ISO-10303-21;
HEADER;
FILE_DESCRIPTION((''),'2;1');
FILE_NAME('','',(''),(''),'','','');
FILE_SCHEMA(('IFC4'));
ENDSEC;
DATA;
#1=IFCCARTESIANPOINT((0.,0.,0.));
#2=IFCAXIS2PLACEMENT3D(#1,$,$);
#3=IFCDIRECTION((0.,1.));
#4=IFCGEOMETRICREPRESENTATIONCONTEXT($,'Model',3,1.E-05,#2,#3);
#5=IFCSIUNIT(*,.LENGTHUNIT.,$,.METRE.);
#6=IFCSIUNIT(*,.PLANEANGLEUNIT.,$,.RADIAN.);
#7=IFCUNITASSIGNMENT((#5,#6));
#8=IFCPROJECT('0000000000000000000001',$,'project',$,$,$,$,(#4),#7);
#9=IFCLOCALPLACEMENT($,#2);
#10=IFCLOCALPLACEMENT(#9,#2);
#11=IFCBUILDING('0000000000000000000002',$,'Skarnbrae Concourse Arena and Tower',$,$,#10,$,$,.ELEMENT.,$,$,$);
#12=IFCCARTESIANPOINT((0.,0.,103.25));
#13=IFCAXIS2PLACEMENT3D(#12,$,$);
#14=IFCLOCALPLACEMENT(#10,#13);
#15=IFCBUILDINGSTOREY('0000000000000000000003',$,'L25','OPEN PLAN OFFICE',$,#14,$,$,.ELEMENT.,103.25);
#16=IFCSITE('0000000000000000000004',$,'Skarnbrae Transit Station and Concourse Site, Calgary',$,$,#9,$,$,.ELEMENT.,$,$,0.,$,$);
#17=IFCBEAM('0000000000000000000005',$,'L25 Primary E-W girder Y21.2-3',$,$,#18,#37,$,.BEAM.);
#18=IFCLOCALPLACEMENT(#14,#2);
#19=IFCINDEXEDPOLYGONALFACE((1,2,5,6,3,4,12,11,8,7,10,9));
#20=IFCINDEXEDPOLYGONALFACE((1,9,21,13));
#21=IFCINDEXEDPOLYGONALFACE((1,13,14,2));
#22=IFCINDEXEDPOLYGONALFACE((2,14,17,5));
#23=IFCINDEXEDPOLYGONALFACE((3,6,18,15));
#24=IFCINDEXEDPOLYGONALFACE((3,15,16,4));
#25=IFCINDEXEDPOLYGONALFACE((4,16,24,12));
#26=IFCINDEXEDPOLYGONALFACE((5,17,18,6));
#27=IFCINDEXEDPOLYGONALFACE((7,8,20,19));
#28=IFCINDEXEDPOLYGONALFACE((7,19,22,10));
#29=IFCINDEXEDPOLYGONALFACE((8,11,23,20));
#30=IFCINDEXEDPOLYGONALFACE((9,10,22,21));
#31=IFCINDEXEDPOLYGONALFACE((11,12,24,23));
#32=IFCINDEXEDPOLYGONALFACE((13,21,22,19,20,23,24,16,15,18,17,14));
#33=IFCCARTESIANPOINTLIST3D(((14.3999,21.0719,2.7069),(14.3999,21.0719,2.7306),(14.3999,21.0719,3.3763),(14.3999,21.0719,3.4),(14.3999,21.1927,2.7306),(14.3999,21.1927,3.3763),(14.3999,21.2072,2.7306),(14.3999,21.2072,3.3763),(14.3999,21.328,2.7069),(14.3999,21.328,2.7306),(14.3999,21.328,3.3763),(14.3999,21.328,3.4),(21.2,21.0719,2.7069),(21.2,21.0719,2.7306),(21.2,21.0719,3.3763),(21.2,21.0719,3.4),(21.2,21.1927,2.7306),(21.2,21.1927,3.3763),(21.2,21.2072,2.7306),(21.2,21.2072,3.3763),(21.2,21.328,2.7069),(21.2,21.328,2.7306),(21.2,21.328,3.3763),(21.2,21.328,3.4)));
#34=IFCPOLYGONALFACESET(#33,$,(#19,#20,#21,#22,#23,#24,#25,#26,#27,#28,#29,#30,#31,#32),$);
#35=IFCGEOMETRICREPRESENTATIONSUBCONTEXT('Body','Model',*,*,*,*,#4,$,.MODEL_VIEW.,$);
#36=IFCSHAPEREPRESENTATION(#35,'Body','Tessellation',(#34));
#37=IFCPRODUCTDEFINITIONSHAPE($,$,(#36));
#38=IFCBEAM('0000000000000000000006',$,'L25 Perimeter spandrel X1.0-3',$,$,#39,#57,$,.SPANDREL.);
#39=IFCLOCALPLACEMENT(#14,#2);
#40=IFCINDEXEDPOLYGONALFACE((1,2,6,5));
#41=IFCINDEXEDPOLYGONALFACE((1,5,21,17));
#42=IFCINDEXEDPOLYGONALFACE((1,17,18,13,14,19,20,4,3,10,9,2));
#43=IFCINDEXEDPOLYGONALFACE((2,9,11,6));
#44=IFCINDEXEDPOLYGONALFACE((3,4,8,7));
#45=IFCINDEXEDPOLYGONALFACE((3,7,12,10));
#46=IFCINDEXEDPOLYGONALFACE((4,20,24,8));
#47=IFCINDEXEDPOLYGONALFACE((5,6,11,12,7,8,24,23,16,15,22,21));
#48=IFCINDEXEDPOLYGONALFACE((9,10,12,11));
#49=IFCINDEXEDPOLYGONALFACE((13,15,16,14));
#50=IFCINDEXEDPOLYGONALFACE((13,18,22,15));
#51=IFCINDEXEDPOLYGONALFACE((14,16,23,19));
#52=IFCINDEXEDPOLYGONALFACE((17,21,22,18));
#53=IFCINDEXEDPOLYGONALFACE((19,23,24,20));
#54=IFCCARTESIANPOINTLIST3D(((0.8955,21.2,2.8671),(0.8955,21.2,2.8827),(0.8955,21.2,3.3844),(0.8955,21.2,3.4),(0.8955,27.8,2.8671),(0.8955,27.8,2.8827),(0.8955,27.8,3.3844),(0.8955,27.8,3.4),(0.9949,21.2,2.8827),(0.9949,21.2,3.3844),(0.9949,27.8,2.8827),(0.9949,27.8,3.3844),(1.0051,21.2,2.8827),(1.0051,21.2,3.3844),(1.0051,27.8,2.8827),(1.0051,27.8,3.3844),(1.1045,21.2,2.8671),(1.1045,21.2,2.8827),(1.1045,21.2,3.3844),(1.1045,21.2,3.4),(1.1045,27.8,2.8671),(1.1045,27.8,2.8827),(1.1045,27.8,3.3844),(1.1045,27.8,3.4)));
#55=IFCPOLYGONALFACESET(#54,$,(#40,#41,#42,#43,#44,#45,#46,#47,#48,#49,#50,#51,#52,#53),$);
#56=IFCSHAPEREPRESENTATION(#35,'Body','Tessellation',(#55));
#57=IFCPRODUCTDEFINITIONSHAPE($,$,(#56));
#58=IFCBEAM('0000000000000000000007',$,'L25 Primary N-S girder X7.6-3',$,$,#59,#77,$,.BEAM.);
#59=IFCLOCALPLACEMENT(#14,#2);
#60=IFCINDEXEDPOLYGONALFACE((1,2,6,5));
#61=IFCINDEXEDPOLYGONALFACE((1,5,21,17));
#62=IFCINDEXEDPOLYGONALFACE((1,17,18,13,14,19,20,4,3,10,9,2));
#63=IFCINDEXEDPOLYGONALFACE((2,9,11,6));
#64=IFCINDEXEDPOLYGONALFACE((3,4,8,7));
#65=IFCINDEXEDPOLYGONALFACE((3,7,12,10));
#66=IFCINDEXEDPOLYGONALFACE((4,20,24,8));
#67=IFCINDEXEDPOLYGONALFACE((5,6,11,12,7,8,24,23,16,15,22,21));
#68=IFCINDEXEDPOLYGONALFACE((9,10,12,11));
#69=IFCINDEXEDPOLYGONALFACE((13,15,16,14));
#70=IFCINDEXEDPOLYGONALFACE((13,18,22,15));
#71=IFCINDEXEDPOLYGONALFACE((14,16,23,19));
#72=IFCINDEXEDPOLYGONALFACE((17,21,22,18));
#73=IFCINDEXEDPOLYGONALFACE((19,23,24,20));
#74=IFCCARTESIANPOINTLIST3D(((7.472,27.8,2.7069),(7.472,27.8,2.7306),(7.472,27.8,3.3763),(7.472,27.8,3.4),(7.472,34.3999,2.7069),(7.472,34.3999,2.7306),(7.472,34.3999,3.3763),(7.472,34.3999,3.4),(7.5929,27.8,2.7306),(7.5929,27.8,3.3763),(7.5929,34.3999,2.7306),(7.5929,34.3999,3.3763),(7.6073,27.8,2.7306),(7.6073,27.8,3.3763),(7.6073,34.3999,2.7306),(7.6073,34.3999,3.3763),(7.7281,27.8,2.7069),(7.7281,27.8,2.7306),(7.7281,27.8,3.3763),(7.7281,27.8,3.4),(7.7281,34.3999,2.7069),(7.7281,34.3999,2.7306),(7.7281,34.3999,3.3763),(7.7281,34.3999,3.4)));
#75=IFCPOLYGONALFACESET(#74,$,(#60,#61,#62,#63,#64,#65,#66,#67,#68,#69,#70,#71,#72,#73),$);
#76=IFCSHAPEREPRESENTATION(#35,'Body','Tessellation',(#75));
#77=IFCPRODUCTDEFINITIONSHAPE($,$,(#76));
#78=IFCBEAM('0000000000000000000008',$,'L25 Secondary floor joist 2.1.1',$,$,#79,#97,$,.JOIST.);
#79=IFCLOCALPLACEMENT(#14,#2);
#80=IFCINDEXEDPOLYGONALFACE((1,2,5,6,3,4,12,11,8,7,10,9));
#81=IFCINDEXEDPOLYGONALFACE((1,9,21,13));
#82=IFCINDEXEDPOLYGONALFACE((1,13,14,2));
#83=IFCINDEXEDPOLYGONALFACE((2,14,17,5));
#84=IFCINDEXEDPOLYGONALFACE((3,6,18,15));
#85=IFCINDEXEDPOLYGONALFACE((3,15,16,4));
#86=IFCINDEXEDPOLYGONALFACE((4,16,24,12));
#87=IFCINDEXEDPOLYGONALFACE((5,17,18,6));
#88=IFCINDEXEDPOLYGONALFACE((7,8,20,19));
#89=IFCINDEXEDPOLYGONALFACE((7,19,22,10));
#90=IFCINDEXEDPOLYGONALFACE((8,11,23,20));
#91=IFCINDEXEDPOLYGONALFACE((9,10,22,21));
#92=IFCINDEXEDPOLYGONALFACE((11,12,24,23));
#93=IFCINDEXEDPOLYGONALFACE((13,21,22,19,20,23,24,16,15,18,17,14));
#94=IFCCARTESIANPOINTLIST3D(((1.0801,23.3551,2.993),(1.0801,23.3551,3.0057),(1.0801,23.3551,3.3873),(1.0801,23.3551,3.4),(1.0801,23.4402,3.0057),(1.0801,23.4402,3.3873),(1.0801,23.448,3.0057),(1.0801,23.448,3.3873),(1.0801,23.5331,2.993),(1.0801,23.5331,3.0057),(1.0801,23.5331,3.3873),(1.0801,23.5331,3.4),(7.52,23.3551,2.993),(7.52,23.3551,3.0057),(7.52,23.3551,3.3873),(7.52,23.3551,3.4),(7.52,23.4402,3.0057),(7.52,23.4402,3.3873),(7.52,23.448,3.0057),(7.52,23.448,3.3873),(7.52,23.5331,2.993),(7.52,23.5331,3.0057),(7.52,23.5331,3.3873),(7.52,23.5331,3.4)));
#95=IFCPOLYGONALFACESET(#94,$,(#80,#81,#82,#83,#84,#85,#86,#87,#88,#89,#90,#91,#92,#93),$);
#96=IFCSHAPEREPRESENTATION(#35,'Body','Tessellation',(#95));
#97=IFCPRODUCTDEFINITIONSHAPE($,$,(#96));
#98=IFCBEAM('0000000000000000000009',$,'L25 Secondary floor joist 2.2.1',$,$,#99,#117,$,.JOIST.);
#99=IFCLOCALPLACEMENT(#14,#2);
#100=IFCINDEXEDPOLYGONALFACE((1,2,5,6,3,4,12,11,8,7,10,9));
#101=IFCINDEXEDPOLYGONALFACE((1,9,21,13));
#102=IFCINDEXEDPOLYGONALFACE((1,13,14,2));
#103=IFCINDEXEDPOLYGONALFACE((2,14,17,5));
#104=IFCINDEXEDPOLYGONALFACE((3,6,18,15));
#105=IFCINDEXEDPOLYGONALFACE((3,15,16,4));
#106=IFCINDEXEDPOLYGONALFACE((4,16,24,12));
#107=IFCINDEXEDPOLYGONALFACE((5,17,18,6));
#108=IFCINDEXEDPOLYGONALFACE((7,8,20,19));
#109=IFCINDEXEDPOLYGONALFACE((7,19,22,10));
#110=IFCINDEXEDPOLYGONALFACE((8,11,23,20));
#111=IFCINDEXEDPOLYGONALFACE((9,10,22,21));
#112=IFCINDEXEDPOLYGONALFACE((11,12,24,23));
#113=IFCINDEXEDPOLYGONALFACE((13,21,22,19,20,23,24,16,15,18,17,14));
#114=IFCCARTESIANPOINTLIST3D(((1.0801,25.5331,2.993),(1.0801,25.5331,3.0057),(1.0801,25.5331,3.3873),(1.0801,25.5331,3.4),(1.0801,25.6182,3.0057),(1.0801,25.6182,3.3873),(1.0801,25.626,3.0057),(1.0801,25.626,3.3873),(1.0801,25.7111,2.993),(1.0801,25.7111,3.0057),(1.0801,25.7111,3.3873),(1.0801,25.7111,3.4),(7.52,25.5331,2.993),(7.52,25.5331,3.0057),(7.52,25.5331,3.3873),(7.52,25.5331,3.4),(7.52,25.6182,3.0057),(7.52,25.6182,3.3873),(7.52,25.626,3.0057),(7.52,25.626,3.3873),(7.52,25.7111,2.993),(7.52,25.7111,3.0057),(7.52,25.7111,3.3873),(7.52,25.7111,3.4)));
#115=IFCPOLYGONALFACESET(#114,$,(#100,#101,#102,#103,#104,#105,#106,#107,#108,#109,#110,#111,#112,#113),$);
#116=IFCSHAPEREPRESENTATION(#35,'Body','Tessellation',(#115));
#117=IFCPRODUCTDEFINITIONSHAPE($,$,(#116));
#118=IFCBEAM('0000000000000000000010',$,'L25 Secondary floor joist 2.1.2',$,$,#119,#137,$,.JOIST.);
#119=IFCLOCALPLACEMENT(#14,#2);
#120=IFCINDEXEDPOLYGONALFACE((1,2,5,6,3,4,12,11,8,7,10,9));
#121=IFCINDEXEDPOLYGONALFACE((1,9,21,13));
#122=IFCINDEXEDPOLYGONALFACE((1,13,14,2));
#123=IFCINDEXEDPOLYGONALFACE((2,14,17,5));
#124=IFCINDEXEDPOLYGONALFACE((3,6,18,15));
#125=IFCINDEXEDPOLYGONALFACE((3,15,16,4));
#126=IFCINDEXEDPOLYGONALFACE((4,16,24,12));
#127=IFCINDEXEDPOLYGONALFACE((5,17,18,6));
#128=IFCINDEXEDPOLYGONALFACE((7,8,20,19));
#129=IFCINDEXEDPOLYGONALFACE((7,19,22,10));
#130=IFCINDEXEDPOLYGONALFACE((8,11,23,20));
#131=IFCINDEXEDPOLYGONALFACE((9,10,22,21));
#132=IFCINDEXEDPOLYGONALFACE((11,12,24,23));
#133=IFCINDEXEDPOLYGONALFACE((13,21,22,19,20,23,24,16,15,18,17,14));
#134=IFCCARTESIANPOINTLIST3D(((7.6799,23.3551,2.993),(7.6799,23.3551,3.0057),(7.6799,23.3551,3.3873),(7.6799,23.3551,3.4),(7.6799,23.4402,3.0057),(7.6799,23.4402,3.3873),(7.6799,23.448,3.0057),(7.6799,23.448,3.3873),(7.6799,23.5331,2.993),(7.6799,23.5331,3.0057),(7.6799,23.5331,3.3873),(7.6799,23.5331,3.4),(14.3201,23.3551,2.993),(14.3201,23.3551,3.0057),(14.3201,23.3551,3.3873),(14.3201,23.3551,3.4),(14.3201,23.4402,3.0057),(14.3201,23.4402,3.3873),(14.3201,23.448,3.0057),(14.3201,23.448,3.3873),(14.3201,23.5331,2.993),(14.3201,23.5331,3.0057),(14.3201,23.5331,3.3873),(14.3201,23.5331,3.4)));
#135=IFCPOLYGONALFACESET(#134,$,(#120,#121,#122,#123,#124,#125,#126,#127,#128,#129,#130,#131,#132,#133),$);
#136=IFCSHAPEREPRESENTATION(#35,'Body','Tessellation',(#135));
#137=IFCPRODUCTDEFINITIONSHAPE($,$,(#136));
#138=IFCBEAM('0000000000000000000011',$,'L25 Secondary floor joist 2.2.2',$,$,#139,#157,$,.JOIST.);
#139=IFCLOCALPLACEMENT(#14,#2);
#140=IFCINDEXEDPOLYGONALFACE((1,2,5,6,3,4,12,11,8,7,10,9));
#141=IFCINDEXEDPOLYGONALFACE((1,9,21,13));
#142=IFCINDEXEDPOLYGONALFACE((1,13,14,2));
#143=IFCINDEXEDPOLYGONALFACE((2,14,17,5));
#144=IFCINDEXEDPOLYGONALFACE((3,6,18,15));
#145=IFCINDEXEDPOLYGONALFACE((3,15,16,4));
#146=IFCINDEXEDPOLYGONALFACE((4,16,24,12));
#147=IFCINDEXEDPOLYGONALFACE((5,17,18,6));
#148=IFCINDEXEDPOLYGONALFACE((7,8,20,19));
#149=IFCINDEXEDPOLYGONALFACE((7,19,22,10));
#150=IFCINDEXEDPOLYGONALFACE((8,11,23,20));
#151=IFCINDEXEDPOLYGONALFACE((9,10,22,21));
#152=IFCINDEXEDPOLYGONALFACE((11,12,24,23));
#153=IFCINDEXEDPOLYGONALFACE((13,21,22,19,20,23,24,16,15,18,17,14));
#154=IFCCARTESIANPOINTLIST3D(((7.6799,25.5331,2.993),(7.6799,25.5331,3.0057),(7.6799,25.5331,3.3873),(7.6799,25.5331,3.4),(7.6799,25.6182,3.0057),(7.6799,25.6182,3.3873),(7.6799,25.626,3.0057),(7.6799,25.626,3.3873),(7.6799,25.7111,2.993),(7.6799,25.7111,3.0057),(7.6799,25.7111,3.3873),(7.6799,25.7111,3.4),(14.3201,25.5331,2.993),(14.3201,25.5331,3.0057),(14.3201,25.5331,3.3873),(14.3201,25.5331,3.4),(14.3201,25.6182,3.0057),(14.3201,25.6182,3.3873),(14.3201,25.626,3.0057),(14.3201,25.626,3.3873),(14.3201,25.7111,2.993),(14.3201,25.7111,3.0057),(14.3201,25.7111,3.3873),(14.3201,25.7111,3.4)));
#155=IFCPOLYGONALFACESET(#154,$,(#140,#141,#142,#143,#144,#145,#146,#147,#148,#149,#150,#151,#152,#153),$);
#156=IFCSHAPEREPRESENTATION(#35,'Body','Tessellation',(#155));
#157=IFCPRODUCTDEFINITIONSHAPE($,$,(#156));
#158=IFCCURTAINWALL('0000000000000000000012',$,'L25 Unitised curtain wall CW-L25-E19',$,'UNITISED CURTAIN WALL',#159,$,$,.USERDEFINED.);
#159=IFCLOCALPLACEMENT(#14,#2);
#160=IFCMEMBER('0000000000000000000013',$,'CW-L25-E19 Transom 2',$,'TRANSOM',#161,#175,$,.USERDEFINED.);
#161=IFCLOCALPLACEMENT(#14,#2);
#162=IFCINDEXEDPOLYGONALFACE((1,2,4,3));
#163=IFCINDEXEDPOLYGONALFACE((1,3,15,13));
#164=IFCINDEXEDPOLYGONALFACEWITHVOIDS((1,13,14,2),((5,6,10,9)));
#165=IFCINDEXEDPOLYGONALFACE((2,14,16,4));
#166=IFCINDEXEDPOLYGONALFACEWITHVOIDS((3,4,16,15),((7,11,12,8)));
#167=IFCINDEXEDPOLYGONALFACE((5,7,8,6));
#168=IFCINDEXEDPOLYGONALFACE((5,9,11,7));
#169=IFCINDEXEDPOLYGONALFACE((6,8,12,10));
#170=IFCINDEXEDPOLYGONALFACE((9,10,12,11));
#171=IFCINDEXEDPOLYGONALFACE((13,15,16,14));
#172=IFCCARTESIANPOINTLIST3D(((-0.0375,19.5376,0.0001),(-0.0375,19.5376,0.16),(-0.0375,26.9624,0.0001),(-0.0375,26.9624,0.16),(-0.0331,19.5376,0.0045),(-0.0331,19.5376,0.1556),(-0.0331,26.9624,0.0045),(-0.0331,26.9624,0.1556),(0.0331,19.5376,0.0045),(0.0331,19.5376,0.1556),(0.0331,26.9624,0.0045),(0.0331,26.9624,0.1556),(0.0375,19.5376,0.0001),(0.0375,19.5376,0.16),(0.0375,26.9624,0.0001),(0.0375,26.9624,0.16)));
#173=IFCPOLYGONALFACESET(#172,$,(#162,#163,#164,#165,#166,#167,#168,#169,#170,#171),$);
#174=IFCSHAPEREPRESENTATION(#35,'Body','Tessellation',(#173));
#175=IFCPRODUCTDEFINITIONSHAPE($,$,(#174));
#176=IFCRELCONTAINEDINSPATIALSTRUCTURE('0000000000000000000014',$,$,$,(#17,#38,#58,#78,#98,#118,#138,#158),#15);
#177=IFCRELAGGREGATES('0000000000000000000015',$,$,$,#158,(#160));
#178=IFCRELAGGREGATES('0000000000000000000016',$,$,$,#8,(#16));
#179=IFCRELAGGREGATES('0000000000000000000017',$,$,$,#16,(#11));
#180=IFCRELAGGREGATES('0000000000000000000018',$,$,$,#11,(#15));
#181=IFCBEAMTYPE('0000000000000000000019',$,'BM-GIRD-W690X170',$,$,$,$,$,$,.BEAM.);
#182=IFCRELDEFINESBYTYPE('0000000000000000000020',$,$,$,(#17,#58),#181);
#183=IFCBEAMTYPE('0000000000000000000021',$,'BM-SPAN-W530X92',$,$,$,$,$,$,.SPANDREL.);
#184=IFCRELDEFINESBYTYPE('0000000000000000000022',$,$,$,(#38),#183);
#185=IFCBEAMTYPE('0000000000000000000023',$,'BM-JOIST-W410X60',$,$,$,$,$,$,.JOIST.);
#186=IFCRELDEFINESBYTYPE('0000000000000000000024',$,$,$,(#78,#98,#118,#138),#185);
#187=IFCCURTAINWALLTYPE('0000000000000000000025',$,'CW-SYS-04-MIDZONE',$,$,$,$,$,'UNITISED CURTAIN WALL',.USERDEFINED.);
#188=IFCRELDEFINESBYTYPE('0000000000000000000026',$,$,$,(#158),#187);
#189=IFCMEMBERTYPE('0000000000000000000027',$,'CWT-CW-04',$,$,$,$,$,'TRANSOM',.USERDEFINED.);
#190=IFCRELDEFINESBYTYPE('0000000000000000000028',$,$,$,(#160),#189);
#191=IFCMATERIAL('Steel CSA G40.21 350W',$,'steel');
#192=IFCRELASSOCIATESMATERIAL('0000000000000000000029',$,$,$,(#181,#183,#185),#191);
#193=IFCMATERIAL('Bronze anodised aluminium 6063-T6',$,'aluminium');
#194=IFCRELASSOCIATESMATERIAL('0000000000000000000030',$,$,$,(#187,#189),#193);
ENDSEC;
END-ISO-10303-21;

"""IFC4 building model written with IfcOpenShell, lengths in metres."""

from ifc_helpers import new_model, si_unit, direction, frame, origin, origin_2d, place, context, subcontext, project, spatial, hollow_rectangle, i_section, extrude, source, transform, mapped, material, material_profile, profile_set, type_object, element, aggregate, save


model = new_model("IFC4")

# Units and contexts
model_context = context("Model", 3, precision=1e-05, world=origin(), true_north=direction((0.0, 1.0)))
body_context = subcontext(model_context, "Body", "Model", "MODEL_VIEW")
ifc_project = project(units=[si_unit("LENGTHUNIT", "METRE"), si_unit("PLANEANGLEUNIT", "RADIAN")], contexts=[model_context])

# Site, building, storey
site_placement = place(None, origin())
site = spatial("IfcSite", under=ifc_project, at=site_placement, Name="Skarnbrae Transit Station and Concourse Site, Calgary", CompositionType="ELEMENT", RefElevation=0.0)
building_placement = place(site_placement, origin())
building = spatial("IfcBuilding", under=site, at=building_placement, Name="Skarnbrae Concourse Arena and Tower", CompositionType="ELEMENT")
storey_placement = place(building_placement, frame((0.0, 0.0, 103.25)))
storey = spatial("IfcBuildingStorey", under=building, at=storey_placement, Name="L25", Description="OPEN PLAN OFFICE", CompositionType="ELEMENT", Elevation=103.25)

# Shared definitions
ifc_material_1 = material(Name="Steel CSA G40.21 350W", Category="steel")

# Beams
ifc_material_profile_1 = material_profile(ifc_material_1, i_section(OverallWidth=0.2561, OverallDepth=0.6931, WebThickness=0.0144, FlangeThickness=0.0237, at=origin_2d()), Name="W690X170")
ifc_profile_set_1 = profile_set([ifc_material_profile_1], Name="Steel CSA G40.21 350W")
beam_type_1 = type_object("IfcBeamType", Name="BM-GIRD-W690X170", PredefinedType="BEAM", material=ifc_profile_set_1)
shared_shape_1 = source(origin(), body_context, "Body", "SweptSolid", [
    extrude(i_section(OverallWidth=0.2561, OverallDepth=0.6931, WebThickness=0.0144, FlangeThickness=0.0237, at=origin_2d()), origin(), (0.0, 0.0, 1.0), 6.8),
])
beam_1_placement = place(storey_placement, frame((14.3999, 21.2, 3.0535), z_axis=(1.0, 0.0, 0.0), x_axis=(0.0, 1.0, 0.0)))
element("IfcBeam", 1, at=beam_1_placement, inside=storey, type_object=beam_type_1, Name="L25 Primary E-W girder Y21.2-3", PredefinedType="BEAM", context=body_context, shape_type="MappedRepresentation", body=[
    mapped(shared_shape_1, transform((0.0, 0.0, 0.0))),
])
ifc_material_profile_2 = material_profile(ifc_material_1, i_section(OverallWidth=0.209, OverallDepth=0.533, WebThickness=0.0103, FlangeThickness=0.0156, at=origin_2d()), Name="W530X92")
ifc_profile_set_2 = profile_set([ifc_material_profile_2], Name="Steel CSA G40.21 350W")
beam_type_2 = type_object("IfcBeamType", Name="BM-SPAN-W530X92", PredefinedType="SPANDREL", material=ifc_profile_set_2)
shared_shape_2 = source(origin(), body_context, "Body", "SweptSolid", [
    extrude(i_section(OverallWidth=0.209, OverallDepth=0.533, WebThickness=0.0103, FlangeThickness=0.0156, at=origin_2d()), origin(), (0.0, 0.0, 1.0), 6.6001),
])
beam_2_placement = place(storey_placement, frame((1.0, 21.2, 3.1335), z_axis=(0.0, 1.0, 0.0), x_axis=(-1.0, 0.0, 0.0)))
element("IfcBeam", 2, at=beam_2_placement, inside=storey, type_object=beam_type_2, Name="L25 Perimeter spandrel X1.0-3", PredefinedType="SPANDREL", context=body_context, shape_type="MappedRepresentation", body=[
    mapped(shared_shape_2, transform((0.0, 0.0, 0.0))),
])
shared_shape_3 = source(origin(), body_context, "Body", "SweptSolid", [
    extrude(i_section(OverallWidth=0.2561, OverallDepth=0.6931, WebThickness=0.0144, FlangeThickness=0.0237, at=origin_2d()), origin(), (0.0, 0.0, 1.0), 6.5999),
])
beam_3_placement = place(storey_placement, frame((7.6001, 27.8, 3.0535), z_axis=(0.0, 1.0, 0.0), x_axis=(-1.0, 0.0, 0.0)))
element("IfcBeam", 3, at=beam_3_placement, inside=storey, type_object=beam_type_1, Name="L25 Primary N-S girder X7.6-3", PredefinedType="BEAM", context=body_context, shape_type="MappedRepresentation", body=[
    mapped(shared_shape_3, transform((0.0, 0.0, 0.0))),
])
ifc_material_profile_3 = material_profile(ifc_material_1, i_section(OverallWidth=0.178, OverallDepth=0.407, WebThickness=0.0078, FlangeThickness=0.0127, at=origin_2d()), Name="W410X60")
ifc_profile_set_3 = profile_set([ifc_material_profile_3], Name="Steel CSA G40.21 350W")
beam_type_3 = type_object("IfcBeamType", Name="BM-JOIST-W410X60", PredefinedType="JOIST", material=ifc_profile_set_3)
shared_shape_4 = source(origin(), body_context, "Body", "SweptSolid", [
    extrude(i_section(OverallWidth=0.178, OverallDepth=0.407, WebThickness=0.0078, FlangeThickness=0.0127, at=origin_2d()), origin(), (0.0, 0.0, 1.0), 6.4399),
])
for number, where, z_axis, x_axis, name in (
    (4, (1.0801, 23.4441, 3.1965), (1.0, 0.0, 0.0), (0.0, 1.0, 0.0), "L25 Secondary floor joist 2.1.1"),
    (5, (1.0801, 25.6221, 3.1965), (1.0, 0.0, 0.0), (0.0, 1.0, 0.0), "L25 Secondary floor joist 2.2.1"),
):
    element("IfcBeam", number, at=place(storey_placement, frame(where, z_axis=z_axis, x_axis=x_axis)), inside=storey, type_object=beam_type_3, Name=name, PredefinedType="JOIST", context=body_context, shape_type="MappedRepresentation", body=[
        mapped(shared_shape_4, transform((0.0, 0.0, 0.0))),
    ])
shared_shape_5 = source(origin(), body_context, "Body", "SweptSolid", [
    extrude(i_section(OverallWidth=0.178, OverallDepth=0.407, WebThickness=0.0078, FlangeThickness=0.0127, at=origin_2d()), origin(), (0.0, 0.0, 1.0), 6.6401),
])
for number, where, z_axis, x_axis, name in (
    (6, (7.6799, 23.4441, 3.1965), (1.0, 0.0, 0.0), (0.0, 1.0, 0.0), "L25 Secondary floor joist 2.1.2"),
    (7, (7.6799, 25.6221, 3.1965), (1.0, 0.0, 0.0), (0.0, 1.0, 0.0), "L25 Secondary floor joist 2.2.2"),
):
    element("IfcBeam", number, at=place(storey_placement, frame(where, z_axis=z_axis, x_axis=x_axis)), inside=storey, type_object=beam_type_3, Name=name, PredefinedType="JOIST", context=body_context, shape_type="MappedRepresentation", body=[
        mapped(shared_shape_5, transform((0.0, 0.0, 0.0))),
    ])

# Curtain wall, member
ifc_material_2 = material(Name="Bronze anodised aluminium 6063-T6", Category="aluminium")
curtain_wall_type = type_object("IfcCurtainWallType", Name="CW-SYS-04-MIDZONE", ElementType="UNITISED CURTAIN WALL", PredefinedType="USERDEFINED", material=ifc_material_2)
curtain_wall_placement = place(storey_placement, origin())
curtain_wall = element("IfcCurtainWall", 8, at=curtain_wall_placement, inside=storey, type_object=curtain_wall_type, Name="L25 Unitised curtain wall CW-L25-E19", ObjectType="UNITISED CURTAIN WALL", PredefinedType="USERDEFINED")
ifc_material_profile_4 = material_profile(ifc_material_2, hollow_rectangle(XDim=0.075, YDim=0.1599, WallThickness=0.0044, at=origin_2d()), Name="ALU-TRAN-75X160")
ifc_profile_set_4 = profile_set([ifc_material_profile_4], Name="Bronze anodised aluminium 6063-T6")
member_type_1 = type_object("IfcMemberType", Name="CWT-CW-04", ElementType="TRANSOM", PredefinedType="USERDEFINED", material=ifc_profile_set_4)
shared_shape_6 = source(origin(), body_context, "Body", "SweptSolid", [
    extrude(hollow_rectangle(XDim=0.075, YDim=0.1599, WallThickness=0.0044, at=origin_2d()), origin(), (0.0, 0.0, 1.0), 7.4248),
])
member_1_placement = place(storey_placement, frame((0.0, 26.9624, 0.0801), z_axis=(0.0, -1.0, 0.0), x_axis=(1.0, 0.0, 0.0)))
member_1 = element("IfcMember", 9, at=member_1_placement, type_object=member_type_1, Name="CW-L25-E19 Transom 2", ObjectType="TRANSOM", PredefinedType="USERDEFINED", context=body_context, shape_type="MappedRepresentation", body=[
    mapped(shared_shape_6, transform((0.0, 0.0, 0.0))),
])
aggregate(curtain_wall, [member_1])

save(model, "model.ifc")
